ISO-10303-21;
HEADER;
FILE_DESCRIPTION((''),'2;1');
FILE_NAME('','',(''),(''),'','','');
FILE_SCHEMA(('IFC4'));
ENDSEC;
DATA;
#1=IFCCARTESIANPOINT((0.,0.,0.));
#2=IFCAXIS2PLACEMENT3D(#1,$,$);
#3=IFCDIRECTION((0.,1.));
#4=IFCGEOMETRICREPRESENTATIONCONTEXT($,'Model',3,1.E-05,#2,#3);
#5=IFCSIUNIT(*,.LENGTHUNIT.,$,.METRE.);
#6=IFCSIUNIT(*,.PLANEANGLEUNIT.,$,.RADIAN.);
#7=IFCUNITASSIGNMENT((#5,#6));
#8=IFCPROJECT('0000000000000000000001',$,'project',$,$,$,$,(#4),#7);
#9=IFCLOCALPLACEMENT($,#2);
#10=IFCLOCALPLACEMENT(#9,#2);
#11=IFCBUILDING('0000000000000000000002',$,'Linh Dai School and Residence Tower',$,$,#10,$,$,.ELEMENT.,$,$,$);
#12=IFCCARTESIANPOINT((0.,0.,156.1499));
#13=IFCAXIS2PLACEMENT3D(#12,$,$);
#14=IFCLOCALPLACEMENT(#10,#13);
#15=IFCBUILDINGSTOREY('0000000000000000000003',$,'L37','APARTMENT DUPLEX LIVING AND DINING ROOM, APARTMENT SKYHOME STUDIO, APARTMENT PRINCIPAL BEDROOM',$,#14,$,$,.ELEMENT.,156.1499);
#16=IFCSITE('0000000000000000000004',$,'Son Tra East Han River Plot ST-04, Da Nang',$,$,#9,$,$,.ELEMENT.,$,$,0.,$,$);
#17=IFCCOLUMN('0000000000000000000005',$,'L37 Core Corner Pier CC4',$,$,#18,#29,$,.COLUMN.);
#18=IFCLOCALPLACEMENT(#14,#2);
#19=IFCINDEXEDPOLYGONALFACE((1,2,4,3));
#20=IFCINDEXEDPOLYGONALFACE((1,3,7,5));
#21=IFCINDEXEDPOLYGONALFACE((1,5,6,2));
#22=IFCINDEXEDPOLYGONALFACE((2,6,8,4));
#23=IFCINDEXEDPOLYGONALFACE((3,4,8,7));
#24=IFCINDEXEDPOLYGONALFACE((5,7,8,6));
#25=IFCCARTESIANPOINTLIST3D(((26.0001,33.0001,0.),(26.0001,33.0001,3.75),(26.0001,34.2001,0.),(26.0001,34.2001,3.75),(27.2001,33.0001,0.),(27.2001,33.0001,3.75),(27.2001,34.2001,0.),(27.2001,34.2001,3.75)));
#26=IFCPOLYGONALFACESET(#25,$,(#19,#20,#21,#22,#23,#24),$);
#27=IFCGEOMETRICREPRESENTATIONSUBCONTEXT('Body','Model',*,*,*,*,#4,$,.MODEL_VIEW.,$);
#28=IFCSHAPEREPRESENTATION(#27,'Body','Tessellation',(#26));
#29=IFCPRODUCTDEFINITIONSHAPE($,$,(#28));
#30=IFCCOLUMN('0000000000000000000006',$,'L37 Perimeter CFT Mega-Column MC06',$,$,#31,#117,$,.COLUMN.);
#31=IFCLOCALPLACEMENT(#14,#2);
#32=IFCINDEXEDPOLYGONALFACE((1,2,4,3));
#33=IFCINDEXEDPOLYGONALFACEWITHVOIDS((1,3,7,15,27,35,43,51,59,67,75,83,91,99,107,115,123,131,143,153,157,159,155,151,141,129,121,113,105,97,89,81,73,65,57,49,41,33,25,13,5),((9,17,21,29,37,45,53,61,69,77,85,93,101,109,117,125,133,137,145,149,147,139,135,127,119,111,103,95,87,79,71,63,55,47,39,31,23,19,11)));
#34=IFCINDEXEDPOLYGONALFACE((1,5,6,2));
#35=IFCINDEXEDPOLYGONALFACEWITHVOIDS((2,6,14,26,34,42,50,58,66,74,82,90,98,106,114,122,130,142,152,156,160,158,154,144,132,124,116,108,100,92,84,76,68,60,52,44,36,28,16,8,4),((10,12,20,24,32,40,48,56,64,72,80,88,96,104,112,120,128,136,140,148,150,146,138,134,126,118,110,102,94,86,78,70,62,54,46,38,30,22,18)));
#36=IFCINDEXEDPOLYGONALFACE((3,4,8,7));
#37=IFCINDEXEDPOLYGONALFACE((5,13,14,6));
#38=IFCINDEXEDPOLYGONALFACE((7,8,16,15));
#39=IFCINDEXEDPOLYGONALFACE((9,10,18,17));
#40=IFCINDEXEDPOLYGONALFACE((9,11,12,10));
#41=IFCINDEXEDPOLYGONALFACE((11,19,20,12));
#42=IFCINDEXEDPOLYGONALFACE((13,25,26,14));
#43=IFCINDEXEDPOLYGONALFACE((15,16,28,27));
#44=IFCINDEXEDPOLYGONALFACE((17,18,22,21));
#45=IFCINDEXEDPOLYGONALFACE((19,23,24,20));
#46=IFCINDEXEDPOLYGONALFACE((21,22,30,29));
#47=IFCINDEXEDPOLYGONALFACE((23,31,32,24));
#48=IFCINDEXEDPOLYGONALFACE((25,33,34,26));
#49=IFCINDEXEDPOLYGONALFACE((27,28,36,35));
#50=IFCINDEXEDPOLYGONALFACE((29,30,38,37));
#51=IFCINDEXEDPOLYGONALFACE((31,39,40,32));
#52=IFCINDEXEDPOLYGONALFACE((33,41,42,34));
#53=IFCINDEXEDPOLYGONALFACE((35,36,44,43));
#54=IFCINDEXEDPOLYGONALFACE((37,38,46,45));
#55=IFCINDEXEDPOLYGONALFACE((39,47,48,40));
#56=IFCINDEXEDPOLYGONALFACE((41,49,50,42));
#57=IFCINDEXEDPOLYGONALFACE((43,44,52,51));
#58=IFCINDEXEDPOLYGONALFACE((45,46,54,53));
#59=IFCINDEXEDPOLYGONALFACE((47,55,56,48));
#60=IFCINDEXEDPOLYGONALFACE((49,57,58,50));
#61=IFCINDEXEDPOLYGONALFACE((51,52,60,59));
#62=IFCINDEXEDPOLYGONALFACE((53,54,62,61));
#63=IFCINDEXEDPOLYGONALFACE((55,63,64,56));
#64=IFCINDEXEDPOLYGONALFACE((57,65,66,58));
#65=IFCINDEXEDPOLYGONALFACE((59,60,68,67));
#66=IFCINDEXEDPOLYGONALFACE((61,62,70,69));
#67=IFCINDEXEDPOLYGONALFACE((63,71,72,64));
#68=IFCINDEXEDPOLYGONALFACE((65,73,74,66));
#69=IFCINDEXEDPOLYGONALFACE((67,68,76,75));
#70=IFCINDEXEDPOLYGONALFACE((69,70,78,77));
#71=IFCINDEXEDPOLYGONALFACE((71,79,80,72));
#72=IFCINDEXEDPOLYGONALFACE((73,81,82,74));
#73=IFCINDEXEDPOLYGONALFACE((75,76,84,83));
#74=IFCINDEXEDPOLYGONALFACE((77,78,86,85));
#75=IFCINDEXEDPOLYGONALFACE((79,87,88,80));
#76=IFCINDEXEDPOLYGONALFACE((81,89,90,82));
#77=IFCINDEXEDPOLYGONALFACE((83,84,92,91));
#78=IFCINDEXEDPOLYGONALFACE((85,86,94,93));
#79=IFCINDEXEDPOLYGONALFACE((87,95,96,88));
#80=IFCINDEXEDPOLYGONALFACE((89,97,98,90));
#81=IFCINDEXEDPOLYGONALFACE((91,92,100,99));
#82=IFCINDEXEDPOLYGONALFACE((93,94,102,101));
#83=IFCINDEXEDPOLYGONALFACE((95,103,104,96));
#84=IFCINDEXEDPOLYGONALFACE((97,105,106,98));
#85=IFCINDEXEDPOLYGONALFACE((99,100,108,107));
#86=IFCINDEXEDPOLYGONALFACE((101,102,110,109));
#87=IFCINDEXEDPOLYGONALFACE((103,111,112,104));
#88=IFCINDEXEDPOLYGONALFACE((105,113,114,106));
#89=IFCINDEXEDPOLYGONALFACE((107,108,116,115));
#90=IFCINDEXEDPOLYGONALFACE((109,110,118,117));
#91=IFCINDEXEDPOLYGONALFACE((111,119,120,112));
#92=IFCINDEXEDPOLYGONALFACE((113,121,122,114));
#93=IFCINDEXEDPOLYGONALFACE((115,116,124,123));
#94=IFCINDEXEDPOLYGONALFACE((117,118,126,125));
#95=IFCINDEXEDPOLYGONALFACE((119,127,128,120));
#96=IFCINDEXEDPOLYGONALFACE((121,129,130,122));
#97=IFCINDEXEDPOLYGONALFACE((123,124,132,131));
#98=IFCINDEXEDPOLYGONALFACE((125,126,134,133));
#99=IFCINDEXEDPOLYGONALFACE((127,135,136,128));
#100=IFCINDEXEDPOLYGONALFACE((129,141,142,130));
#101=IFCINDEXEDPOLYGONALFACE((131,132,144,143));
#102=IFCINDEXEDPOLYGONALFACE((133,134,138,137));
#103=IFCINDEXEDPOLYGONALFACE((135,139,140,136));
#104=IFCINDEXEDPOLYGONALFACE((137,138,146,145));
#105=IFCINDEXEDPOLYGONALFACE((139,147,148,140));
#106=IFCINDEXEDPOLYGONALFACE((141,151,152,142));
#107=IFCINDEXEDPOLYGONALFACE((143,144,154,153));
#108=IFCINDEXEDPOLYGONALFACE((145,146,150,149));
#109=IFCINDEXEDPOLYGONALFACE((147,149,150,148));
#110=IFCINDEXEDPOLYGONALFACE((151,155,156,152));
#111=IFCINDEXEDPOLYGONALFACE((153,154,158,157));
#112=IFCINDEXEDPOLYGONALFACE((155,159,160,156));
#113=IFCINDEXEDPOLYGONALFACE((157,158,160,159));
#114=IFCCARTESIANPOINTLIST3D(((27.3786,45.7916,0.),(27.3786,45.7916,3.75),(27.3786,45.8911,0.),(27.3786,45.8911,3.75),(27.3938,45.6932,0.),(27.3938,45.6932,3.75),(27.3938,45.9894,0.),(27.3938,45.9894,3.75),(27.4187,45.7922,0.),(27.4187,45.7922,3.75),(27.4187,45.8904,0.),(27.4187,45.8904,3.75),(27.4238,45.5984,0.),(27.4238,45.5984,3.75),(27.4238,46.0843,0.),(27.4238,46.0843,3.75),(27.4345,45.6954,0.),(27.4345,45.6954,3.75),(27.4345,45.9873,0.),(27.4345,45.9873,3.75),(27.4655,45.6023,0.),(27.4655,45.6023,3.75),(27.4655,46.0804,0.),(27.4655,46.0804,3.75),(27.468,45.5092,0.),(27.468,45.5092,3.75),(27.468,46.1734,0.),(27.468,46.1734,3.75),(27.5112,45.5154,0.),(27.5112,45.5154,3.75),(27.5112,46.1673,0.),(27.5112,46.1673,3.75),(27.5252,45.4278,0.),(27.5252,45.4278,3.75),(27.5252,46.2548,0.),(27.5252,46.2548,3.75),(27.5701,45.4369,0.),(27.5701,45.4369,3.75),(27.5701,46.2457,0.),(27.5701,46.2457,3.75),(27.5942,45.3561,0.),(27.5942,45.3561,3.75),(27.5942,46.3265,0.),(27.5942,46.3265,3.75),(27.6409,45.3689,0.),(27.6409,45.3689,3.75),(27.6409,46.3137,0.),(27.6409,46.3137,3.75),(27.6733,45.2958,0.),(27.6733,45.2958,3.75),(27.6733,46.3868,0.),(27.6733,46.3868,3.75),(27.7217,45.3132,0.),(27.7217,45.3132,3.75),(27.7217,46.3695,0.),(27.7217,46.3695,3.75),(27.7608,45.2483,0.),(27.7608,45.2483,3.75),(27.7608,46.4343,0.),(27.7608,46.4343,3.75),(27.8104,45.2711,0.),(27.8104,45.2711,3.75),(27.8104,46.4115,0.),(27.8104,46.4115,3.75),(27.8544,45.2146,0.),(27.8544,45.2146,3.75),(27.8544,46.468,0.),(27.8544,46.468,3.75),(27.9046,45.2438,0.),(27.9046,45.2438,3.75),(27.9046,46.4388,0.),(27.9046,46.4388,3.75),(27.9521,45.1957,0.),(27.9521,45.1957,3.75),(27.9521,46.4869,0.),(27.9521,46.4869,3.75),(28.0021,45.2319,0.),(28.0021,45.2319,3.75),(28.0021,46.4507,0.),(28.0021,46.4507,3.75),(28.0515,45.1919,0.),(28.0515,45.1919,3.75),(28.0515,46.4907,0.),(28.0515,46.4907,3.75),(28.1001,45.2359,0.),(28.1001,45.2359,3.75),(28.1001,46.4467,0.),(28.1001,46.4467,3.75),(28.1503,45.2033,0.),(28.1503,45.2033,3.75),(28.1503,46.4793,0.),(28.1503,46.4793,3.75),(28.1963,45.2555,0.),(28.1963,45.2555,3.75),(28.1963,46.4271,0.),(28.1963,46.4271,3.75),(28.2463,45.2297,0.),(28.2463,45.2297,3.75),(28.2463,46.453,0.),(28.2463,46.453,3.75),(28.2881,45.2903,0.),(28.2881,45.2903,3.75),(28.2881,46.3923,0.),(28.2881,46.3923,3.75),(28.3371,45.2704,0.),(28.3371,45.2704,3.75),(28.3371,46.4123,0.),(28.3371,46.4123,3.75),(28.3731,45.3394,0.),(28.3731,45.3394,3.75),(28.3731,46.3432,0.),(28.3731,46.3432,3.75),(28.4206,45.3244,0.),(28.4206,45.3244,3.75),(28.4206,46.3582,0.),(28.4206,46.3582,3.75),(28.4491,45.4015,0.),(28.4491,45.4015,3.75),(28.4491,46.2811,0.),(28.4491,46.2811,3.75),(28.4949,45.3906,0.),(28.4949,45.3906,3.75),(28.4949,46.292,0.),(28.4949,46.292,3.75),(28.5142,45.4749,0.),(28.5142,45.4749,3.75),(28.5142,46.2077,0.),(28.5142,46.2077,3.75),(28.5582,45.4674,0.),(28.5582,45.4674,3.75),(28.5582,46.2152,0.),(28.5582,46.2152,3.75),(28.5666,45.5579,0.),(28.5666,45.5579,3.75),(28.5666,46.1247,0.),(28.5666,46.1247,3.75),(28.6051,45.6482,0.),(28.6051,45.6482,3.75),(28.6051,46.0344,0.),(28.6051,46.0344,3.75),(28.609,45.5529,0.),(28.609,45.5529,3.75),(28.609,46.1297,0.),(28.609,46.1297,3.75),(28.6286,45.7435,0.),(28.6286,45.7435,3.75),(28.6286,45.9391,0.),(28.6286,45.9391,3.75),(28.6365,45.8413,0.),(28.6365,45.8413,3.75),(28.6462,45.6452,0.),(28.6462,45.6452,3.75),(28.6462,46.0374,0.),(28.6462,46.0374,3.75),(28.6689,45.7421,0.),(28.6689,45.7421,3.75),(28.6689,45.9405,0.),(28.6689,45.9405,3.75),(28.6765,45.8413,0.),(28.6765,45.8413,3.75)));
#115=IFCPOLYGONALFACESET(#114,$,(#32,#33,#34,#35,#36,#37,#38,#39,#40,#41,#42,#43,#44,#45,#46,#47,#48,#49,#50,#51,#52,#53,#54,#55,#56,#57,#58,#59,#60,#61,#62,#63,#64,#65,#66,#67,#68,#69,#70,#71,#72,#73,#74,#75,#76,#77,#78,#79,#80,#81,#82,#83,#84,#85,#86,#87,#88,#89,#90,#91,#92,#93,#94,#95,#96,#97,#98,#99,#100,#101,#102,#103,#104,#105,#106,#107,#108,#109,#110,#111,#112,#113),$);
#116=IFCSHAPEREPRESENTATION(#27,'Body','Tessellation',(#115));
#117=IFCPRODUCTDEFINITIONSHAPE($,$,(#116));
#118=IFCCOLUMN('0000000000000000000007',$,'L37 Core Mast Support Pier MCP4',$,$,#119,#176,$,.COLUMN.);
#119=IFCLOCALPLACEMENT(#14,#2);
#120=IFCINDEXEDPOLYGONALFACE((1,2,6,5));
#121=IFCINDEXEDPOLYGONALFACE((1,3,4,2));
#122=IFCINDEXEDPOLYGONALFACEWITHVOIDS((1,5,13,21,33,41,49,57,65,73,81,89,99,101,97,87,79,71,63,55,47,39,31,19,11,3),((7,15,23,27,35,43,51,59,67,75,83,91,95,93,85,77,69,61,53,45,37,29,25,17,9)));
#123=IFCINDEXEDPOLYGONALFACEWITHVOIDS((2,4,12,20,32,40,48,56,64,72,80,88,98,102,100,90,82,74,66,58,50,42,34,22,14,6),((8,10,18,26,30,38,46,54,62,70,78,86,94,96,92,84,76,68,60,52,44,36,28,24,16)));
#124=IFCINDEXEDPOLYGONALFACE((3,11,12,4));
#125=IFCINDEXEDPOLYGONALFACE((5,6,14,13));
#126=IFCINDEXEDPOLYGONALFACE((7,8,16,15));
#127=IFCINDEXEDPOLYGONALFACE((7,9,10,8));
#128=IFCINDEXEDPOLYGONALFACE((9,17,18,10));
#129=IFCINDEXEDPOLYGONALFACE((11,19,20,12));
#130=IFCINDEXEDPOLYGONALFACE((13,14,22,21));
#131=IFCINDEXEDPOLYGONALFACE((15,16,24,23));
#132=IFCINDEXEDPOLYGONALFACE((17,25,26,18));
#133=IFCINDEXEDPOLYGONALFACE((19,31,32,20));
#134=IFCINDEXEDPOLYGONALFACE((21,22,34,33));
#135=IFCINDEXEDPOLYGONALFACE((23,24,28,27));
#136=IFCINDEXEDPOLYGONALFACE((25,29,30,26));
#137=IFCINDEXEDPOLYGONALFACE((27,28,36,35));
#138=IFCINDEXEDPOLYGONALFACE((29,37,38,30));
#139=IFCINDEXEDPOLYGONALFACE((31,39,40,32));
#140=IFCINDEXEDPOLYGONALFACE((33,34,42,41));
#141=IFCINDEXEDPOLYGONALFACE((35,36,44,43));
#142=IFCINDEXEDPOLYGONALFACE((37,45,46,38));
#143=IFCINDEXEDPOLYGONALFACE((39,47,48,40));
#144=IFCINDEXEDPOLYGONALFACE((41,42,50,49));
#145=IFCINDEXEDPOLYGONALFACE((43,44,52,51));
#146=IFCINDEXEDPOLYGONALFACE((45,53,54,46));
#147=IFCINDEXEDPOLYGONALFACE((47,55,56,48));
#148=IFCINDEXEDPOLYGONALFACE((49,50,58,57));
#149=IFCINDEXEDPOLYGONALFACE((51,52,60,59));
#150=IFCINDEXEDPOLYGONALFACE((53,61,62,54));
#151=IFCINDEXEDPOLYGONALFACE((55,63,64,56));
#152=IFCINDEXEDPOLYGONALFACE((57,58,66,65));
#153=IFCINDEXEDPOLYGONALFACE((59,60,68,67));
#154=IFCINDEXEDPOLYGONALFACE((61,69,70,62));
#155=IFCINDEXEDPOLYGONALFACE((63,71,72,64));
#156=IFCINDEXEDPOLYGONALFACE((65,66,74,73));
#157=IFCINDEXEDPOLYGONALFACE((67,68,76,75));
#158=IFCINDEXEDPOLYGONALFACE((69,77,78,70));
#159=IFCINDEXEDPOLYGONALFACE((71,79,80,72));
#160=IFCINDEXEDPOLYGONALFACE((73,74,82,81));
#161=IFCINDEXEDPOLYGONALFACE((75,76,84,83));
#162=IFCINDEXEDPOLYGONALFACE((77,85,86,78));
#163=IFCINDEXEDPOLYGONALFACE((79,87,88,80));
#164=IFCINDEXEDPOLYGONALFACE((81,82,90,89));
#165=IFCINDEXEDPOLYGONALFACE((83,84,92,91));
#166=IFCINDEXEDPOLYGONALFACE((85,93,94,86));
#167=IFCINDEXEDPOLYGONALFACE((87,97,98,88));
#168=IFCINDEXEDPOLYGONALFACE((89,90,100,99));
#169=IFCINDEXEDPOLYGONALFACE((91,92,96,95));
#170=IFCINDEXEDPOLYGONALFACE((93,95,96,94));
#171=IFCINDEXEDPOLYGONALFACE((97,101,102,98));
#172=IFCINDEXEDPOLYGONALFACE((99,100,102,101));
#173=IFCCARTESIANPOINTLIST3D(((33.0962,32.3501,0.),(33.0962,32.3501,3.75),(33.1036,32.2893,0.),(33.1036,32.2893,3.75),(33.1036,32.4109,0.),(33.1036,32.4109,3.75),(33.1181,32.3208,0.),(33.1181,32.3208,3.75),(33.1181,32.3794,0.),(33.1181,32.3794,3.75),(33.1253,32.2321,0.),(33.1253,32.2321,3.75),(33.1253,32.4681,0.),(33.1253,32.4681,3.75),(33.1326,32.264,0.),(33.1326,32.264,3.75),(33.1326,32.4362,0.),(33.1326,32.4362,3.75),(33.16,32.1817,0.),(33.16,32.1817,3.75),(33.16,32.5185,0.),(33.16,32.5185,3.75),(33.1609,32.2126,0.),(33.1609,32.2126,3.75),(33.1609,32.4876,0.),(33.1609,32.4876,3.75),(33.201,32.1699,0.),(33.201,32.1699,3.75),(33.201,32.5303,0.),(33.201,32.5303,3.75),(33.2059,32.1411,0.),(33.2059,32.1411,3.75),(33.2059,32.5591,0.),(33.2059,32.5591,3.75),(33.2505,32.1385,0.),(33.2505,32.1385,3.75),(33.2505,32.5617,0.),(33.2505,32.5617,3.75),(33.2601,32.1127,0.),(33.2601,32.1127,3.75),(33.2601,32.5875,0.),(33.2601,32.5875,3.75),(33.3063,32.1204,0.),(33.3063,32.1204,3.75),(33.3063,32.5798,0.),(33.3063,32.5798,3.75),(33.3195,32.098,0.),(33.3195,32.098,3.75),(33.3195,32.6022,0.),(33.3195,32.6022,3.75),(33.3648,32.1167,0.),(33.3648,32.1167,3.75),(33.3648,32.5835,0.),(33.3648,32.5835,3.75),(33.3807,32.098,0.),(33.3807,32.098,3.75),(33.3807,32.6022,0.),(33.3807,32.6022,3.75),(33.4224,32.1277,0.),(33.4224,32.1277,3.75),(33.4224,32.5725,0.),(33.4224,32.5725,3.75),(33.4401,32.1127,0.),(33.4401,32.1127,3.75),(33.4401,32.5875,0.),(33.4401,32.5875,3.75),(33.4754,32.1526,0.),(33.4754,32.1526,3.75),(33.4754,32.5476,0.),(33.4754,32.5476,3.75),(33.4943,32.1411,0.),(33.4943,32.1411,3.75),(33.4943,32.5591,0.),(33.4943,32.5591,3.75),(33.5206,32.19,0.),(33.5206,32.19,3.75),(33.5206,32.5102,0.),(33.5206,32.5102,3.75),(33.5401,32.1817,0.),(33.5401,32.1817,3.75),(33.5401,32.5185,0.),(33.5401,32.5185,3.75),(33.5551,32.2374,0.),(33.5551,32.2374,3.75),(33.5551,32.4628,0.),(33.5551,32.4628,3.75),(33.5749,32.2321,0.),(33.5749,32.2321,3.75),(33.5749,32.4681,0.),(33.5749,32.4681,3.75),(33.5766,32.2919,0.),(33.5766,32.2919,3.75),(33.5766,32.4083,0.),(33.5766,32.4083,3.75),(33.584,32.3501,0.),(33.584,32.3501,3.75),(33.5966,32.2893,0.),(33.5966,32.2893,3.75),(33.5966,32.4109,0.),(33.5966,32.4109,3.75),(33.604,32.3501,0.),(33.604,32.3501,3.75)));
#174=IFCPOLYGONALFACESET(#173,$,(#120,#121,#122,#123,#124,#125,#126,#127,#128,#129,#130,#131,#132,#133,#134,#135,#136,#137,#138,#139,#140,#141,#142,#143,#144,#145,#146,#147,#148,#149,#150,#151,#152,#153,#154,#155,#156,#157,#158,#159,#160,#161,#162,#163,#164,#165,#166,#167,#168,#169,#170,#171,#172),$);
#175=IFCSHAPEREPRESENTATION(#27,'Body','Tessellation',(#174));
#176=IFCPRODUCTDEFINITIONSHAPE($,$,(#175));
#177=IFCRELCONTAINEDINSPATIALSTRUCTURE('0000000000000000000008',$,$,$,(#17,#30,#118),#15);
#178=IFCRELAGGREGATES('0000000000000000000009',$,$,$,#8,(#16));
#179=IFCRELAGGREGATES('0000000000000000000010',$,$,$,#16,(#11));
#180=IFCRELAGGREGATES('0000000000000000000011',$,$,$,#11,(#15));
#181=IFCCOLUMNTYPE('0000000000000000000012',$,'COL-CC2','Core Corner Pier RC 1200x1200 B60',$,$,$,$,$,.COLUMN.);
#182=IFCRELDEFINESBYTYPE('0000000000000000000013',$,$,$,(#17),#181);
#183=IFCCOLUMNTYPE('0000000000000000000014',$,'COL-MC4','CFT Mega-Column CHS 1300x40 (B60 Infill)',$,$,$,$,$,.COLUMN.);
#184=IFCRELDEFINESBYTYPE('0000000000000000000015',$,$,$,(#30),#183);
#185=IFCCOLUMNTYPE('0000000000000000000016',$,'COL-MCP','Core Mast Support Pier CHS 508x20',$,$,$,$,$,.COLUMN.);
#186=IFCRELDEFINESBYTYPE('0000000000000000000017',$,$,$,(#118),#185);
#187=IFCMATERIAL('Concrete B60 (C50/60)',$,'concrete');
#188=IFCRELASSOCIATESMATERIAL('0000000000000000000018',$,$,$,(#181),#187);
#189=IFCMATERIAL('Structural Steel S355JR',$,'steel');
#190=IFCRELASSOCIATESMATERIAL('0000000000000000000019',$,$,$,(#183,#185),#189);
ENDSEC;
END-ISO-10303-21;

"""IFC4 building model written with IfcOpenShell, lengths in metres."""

from ifc_helpers import new_model, si_unit, direction, frame, origin, origin_2d, place, context, subcontext, project, spatial, rectangle, hollow_circle, extrude, material, material_profile, profile_set, type_object, element, save


model = new_model("IFC4")

# Units and contexts
model_context = context("Model", 3, precision=1e-05, world=origin(), true_north=direction((0.0, 1.0)))
body_context = subcontext(model_context, "Body", "Model", "MODEL_VIEW")
ifc_project = project(units=[si_unit("LENGTHUNIT", "METRE"), si_unit("PLANEANGLEUNIT", "RADIAN")], contexts=[model_context])

# Site, building, storey
site_placement = place(None, origin())
site = spatial("IfcSite", under=ifc_project, at=site_placement, Name="Son Tra East Han River Plot ST-04, Da Nang", CompositionType="ELEMENT", RefElevation=0.0)
building_placement = place(site_placement, origin())
building = spatial("IfcBuilding", under=site, at=building_placement, Name="Linh Dai School and Residence Tower", CompositionType="ELEMENT")
storey_placement = place(building_placement, frame((0.0, 0.0, 156.1499)))
storey = spatial("IfcBuildingStorey", under=building, at=storey_placement, Name="L37", Description="APARTMENT DUPLEX LIVING AND DINING ROOM, APARTMENT SKYHOME STUDIO, APARTMENT PRINCIPAL BEDROOM", CompositionType="ELEMENT", Elevation=156.1499)

# Columns
ifc_material_1 = material(Name="Concrete B60 (C50/60)", Category="concrete")
ifc_material_profile_1 = material_profile(ifc_material_1, rectangle(XDim=1.2, YDim=1.2, at=origin_2d()), Name="RC 1200x1200")
ifc_profile_set_1 = profile_set([ifc_material_profile_1], Name="Concrete B60 (C50/60)")
column_type_1 = type_object("IfcColumnType", Name="COL-CC2", Description="Core Corner Pier RC 1200x1200 B60", PredefinedType="COLUMN", material=ifc_profile_set_1)
column_1_placement = place(storey_placement, frame((26.6001, 33.6001, 0.0), z_axis=(0.0, 0.0, 1.0), x_axis=(1.0, 0.0, 0.0)))
element("IfcColumn", 1, at=column_1_placement, inside=storey, type_object=column_type_1, Name="L37 Core Corner Pier CC4", PredefinedType="COLUMN", context=body_context, shape_type="SweptSolid", body=[
    extrude(rectangle(XDim=1.2, YDim=1.2, at=origin_2d()), origin(), (0.0, 0.0, 1.0), 3.75),
])
ifc_material_2 = material(Name="Structural Steel S355JR", Category="steel")
ifc_material_profile_2 = material_profile(ifc_material_2, hollow_circle(Radius=0.6499, WallThickness=0.04, at=origin_2d()), Name="CHS 1300x40")
ifc_profile_set_2 = profile_set([ifc_material_profile_2], Name="Structural Steel S355JR")
column_type_2 = type_object("IfcColumnType", Name="COL-MC4", Description="CFT Mega-Column CHS 1300x40 (B60 Infill)", PredefinedType="COLUMN", material=ifc_profile_set_2)
column_2_placement = place(storey_placement, frame((28.0266, 45.8413, 0.0), z_axis=(0.0, 0.0, 1.0), x_axis=(1.0, 0.0, 0.0)))
element("IfcColumn", 2, at=column_2_placement, inside=storey, type_object=column_type_2, Name="L37 Perimeter CFT Mega-Column MC06", PredefinedType="COLUMN", context=body_context, shape_type="SweptSolid", body=[
    extrude(hollow_circle(Radius=0.6499, WallThickness=0.04, at=origin_2d()), origin(), (0.0, 0.0, 1.0), 3.75),
])
ifc_material_profile_3 = material_profile(ifc_material_2, hollow_circle(Radius=0.2539, WallThickness=0.02, at=origin_2d()), Name="CHS 508x20")
ifc_profile_set_3 = profile_set([ifc_material_profile_3], Name="Structural Steel S355JR")
column_type_3 = type_object("IfcColumnType", Name="COL-MCP", Description="Core Mast Support Pier CHS 508x20", PredefinedType="COLUMN", material=ifc_profile_set_3)
column_3_placement = place(storey_placement, frame((33.3501, 32.3501, 0.0), z_axis=(0.0, 0.0, 1.0), x_axis=(1.0, 0.0, 0.0)))
element("IfcColumn", 3, at=column_3_placement, inside=storey, type_object=column_type_3, Name="L37 Core Mast Support Pier MCP4", PredefinedType="COLUMN", context=body_context, shape_type="SweptSolid", body=[
    extrude(hollow_circle(Radius=0.2539, WallThickness=0.02, at=origin_2d()), origin(), (0.0, 0.0, 1.0), 3.75),
])

save(model, "model.ifc")
